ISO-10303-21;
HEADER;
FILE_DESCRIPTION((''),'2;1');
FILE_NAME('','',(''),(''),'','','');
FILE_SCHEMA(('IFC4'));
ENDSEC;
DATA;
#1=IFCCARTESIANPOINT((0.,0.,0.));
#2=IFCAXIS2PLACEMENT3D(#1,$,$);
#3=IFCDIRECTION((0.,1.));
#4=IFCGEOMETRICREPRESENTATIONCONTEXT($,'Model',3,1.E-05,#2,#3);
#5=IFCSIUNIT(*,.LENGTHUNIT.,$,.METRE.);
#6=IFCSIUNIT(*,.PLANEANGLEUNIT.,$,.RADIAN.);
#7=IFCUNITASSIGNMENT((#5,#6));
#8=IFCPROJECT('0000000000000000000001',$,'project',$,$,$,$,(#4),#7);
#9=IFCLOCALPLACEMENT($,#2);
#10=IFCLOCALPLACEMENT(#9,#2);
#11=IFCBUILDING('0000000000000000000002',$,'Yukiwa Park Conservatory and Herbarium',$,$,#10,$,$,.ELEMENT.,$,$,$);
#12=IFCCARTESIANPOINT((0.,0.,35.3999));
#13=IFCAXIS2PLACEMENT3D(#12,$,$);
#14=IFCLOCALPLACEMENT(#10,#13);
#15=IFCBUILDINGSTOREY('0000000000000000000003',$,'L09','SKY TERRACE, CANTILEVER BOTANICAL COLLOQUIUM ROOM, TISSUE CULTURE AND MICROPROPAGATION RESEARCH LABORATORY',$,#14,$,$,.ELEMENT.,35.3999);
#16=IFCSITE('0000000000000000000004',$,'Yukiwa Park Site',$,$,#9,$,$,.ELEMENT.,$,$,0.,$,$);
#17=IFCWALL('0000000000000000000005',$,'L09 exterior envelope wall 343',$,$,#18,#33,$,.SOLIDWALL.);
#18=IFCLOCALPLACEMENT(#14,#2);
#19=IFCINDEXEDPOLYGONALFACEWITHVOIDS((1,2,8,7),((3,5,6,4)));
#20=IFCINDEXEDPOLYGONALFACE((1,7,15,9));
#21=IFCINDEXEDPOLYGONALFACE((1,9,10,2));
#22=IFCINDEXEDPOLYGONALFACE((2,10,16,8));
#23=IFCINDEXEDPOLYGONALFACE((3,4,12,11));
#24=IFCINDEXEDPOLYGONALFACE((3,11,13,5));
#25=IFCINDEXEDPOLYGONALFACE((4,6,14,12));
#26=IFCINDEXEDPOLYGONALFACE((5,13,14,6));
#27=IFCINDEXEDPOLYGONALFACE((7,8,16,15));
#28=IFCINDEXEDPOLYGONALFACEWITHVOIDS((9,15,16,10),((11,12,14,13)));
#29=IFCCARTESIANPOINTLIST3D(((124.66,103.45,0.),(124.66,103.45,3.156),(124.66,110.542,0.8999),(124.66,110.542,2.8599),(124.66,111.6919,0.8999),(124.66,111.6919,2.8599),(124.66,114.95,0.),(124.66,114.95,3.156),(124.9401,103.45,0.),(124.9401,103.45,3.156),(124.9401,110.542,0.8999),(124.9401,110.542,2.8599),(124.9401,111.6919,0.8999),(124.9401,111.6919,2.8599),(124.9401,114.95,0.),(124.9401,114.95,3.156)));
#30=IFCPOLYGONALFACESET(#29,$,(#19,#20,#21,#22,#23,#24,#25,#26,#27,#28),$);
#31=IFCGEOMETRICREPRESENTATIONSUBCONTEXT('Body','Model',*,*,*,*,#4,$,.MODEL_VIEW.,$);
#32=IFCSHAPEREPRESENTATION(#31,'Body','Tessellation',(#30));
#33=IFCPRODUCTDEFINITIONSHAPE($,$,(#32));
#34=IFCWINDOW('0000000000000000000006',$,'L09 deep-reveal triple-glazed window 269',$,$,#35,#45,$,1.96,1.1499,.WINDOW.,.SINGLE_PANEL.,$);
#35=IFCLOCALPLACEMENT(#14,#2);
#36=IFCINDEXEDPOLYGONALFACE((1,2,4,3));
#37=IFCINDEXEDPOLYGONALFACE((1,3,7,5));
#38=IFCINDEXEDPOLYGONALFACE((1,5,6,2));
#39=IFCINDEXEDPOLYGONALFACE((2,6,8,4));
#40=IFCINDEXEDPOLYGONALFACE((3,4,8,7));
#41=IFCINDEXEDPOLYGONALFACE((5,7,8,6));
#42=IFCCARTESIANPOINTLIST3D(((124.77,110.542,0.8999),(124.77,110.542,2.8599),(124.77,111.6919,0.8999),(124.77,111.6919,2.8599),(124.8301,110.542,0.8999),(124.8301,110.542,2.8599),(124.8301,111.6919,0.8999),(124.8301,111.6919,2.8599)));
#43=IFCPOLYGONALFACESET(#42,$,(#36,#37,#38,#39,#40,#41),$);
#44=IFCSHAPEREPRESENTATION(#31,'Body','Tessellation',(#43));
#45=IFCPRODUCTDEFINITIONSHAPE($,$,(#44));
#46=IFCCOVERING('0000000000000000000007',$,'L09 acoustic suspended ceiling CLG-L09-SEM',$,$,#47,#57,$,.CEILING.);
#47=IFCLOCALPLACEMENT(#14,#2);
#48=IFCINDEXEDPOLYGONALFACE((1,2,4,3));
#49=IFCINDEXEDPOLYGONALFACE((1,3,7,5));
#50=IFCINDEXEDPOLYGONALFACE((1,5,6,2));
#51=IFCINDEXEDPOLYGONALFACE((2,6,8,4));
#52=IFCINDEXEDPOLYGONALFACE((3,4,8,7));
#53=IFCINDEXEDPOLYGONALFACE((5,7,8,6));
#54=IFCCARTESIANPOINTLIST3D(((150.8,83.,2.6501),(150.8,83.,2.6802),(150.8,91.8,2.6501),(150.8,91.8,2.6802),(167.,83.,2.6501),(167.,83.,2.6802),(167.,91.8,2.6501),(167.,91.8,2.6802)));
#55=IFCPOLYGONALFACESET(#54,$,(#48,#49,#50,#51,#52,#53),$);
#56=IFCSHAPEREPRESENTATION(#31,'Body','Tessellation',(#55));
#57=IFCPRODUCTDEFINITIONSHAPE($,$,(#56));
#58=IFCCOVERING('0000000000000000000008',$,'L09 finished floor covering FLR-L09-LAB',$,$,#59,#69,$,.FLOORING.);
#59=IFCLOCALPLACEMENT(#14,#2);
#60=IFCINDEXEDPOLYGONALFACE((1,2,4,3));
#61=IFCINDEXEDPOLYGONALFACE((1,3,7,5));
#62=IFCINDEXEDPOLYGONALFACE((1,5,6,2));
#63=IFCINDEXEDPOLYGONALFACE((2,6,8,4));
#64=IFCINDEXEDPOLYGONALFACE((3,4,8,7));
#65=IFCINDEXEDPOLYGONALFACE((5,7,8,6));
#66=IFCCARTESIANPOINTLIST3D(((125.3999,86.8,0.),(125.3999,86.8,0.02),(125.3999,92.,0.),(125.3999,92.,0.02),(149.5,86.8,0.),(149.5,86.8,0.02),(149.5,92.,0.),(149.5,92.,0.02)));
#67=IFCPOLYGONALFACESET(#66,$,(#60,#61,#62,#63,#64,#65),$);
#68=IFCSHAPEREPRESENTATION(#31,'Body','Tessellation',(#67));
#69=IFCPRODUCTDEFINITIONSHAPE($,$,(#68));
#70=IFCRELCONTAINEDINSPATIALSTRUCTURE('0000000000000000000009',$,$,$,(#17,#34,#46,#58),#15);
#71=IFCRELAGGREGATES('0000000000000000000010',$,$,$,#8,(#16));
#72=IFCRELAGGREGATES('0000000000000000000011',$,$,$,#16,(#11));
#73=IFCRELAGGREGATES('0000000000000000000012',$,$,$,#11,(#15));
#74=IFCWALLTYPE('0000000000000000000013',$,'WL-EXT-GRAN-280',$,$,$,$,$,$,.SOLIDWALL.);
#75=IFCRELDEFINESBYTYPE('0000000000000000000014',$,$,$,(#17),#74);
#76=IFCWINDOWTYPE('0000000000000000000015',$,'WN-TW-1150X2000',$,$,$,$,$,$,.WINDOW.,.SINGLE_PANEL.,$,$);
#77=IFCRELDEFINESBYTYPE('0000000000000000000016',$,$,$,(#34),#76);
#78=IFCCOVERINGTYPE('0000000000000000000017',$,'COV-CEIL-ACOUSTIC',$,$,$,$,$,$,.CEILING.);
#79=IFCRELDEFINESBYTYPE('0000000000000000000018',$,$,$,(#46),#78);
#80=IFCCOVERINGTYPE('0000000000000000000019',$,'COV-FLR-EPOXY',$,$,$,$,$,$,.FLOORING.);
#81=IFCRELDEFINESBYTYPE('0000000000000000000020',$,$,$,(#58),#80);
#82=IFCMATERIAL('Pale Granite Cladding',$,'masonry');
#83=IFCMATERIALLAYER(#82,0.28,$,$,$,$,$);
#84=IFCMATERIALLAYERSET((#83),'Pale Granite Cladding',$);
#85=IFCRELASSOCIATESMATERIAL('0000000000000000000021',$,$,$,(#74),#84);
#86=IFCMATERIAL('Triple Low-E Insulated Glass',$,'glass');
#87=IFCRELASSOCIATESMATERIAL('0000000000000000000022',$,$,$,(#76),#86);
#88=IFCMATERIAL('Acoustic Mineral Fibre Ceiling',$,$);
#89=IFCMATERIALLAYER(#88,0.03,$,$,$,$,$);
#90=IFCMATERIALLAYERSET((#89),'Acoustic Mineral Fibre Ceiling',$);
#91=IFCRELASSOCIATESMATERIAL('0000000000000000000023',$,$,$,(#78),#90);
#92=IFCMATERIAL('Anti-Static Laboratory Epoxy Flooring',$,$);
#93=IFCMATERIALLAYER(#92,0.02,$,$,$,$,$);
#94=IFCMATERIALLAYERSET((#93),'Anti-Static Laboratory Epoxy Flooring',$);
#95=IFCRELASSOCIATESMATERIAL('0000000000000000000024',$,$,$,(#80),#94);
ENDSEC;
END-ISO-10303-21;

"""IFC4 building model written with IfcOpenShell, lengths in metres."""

from ifc_helpers import new_model, si_unit, direction, frame, frame_2d, origin, place, context, subcontext, project, spatial, polyline, rectangle, outline, extrude, material, layer, layer_set, type_object, element, fill, save


model = new_model("IFC4")

# Units and contexts
model_context = context("Model", 3, precision=1e-05, world=origin(), true_north=direction((0.0, 1.0)))
body_context = subcontext(model_context, "Body", "Model", "MODEL_VIEW")
ifc_project = project(units=[si_unit("LENGTHUNIT", "METRE"), si_unit("PLANEANGLEUNIT", "RADIAN")], contexts=[model_context])

# Site, building, storey
site_placement = place(None, origin())
site = spatial("IfcSite", under=ifc_project, at=site_placement, Name="Yukiwa Park Site", CompositionType="ELEMENT", RefElevation=0.0)
building_placement = place(site_placement, origin())
building = spatial("IfcBuilding", under=site, at=building_placement, Name="Yukiwa Park Conservatory and Herbarium", CompositionType="ELEMENT")
storey_placement = place(building_placement, frame((0.0, 0.0, 35.3999)))
storey = spatial("IfcBuildingStorey", under=building, at=storey_placement, Name="L09", Description="SKY TERRACE, CANTILEVER BOTANICAL COLLOQUIUM ROOM, TISSUE CULTURE AND MICROPROPAGATION RESEARCH LABORATORY", CompositionType="ELEMENT", Elevation=35.3999)

# Wall, opening, window
ifc_material_1 = material(Name="Pale Granite Cladding", Category="masonry")
ifc_layer_1 = layer(ifc_material_1, 0.28)
ifc_layer_set_1 = layer_set([ifc_layer_1], Name="Pale Granite Cladding")
wall_type = type_object("IfcWallType", Name="WL-EXT-GRAN-280", PredefinedType="SOLIDWALL", material=ifc_layer_set_1)
wall_placement = place(storey_placement, frame((124.8, 114.95, 0.0), z_axis=(0.0, 0.0, 1.0), x_axis=(0.0, -1.0, 0.0)))
wall = element("IfcWall", 1, at=wall_placement, inside=storey, type_object=wall_type, Name="L09 exterior envelope wall 343", PredefinedType="SOLIDWALL", context=body_context, shape_type="SweptSolid", body=[
    extrude(rectangle(XDim=11.5, YDim=0.28, at=frame_2d((5.75, 0.0))), origin(), (0.0, 0.0, 1.0), 3.156),
])
opening_placement = place(wall_placement, frame((3.2581, 0.0, 0.8999)))
opening = element("IfcOpeningElement", 2, at=opening_placement, cuts=wall, PredefinedType="OPENING", context=body_context, shape_type="SweptSolid", body=[
    extrude(rectangle(XDim=1.1499, YDim=1.96, at=frame_2d((0.575, 0.98))), frame((0.0, 0.1499, 0.0), z_axis=(0.0, -1.0, 0.0), x_axis=(1.0, 0.0, 0.0)), (0.0, 0.0, 1.0), 0.3),
])
ifc_material_2 = material(Name="Triple Low-E Insulated Glass", Category="glass")
window_type = type_object("IfcWindowType", Name="WN-TW-1150X2000", PartitioningType="SINGLE_PANEL", PredefinedType="WINDOW", material=ifc_material_2)
window_placement = place(opening_placement, origin())
window = element("IfcWindow", 3, at=window_placement, inside=storey, type_object=window_type, Name="L09 deep-reveal triple-glazed window 269", OverallHeight=1.96, OverallWidth=1.1499, PartitioningType="SINGLE_PANEL", PredefinedType="WINDOW", context=body_context, shape_type="SweptSolid", body=[
    extrude(rectangle(XDim=1.1499, YDim=1.96, at=frame_2d((0.575, 0.98))), frame((0.0, 0.03, 0.0), z_axis=(0.0, -1.0, 0.0), x_axis=(1.0, 0.0, 0.0)), (0.0, 0.0, 1.0), 0.0601),
])
fill(opening, window)

# Coverings
ifc_material_3 = material(Name="Acoustic Mineral Fibre Ceiling")
ifc_layer_2 = layer(ifc_material_3, 0.03)
ifc_layer_set_2 = layer_set([ifc_layer_2], Name="Acoustic Mineral Fibre Ceiling")
covering_type_1 = type_object("IfcCoveringType", Name="COV-CEIL-ACOUSTIC", PredefinedType="CEILING", material=ifc_layer_set_2)
covering_1_placement = place(storey_placement, frame((0.0, 0.0, 2.6501)))
element("IfcCovering", 4, at=covering_1_placement, inside=storey, type_object=covering_type_1, Name="L09 acoustic suspended ceiling CLG-L09-SEM", PredefinedType="CEILING", context=body_context, shape_type="SweptSolid", body=[
    extrude(outline(polyline([(150.8, 83.0), (167.0, 83.0), (167.0, 91.8), (150.8, 91.8), (150.8, 83.0)])), origin(), (0.0, 0.0, 1.0), 0.03),
])
ifc_material_4 = material(Name="Anti-Static Laboratory Epoxy Flooring")
ifc_layer_3 = layer(ifc_material_4, 0.02)
ifc_layer_set_3 = layer_set([ifc_layer_3], Name="Anti-Static Laboratory Epoxy Flooring")
covering_type_2 = type_object("IfcCoveringType", Name="COV-FLR-EPOXY", PredefinedType="FLOORING", material=ifc_layer_set_3)
covering_2_placement = place(storey_placement, origin())
element("IfcCovering", 5, at=covering_2_placement, inside=storey, type_object=covering_type_2, Name="L09 finished floor covering FLR-L09-LAB", PredefinedType="FLOORING", context=body_context, shape_type="SweptSolid", body=[
    extrude(outline(polyline([(125.3999, 86.8), (149.5, 86.8), (149.5, 92.0), (125.3999, 92.0), (125.3999, 86.8)])), origin(), (0.0, 0.0, 1.0), 0.02),
])

save(model, "model.ifc")
